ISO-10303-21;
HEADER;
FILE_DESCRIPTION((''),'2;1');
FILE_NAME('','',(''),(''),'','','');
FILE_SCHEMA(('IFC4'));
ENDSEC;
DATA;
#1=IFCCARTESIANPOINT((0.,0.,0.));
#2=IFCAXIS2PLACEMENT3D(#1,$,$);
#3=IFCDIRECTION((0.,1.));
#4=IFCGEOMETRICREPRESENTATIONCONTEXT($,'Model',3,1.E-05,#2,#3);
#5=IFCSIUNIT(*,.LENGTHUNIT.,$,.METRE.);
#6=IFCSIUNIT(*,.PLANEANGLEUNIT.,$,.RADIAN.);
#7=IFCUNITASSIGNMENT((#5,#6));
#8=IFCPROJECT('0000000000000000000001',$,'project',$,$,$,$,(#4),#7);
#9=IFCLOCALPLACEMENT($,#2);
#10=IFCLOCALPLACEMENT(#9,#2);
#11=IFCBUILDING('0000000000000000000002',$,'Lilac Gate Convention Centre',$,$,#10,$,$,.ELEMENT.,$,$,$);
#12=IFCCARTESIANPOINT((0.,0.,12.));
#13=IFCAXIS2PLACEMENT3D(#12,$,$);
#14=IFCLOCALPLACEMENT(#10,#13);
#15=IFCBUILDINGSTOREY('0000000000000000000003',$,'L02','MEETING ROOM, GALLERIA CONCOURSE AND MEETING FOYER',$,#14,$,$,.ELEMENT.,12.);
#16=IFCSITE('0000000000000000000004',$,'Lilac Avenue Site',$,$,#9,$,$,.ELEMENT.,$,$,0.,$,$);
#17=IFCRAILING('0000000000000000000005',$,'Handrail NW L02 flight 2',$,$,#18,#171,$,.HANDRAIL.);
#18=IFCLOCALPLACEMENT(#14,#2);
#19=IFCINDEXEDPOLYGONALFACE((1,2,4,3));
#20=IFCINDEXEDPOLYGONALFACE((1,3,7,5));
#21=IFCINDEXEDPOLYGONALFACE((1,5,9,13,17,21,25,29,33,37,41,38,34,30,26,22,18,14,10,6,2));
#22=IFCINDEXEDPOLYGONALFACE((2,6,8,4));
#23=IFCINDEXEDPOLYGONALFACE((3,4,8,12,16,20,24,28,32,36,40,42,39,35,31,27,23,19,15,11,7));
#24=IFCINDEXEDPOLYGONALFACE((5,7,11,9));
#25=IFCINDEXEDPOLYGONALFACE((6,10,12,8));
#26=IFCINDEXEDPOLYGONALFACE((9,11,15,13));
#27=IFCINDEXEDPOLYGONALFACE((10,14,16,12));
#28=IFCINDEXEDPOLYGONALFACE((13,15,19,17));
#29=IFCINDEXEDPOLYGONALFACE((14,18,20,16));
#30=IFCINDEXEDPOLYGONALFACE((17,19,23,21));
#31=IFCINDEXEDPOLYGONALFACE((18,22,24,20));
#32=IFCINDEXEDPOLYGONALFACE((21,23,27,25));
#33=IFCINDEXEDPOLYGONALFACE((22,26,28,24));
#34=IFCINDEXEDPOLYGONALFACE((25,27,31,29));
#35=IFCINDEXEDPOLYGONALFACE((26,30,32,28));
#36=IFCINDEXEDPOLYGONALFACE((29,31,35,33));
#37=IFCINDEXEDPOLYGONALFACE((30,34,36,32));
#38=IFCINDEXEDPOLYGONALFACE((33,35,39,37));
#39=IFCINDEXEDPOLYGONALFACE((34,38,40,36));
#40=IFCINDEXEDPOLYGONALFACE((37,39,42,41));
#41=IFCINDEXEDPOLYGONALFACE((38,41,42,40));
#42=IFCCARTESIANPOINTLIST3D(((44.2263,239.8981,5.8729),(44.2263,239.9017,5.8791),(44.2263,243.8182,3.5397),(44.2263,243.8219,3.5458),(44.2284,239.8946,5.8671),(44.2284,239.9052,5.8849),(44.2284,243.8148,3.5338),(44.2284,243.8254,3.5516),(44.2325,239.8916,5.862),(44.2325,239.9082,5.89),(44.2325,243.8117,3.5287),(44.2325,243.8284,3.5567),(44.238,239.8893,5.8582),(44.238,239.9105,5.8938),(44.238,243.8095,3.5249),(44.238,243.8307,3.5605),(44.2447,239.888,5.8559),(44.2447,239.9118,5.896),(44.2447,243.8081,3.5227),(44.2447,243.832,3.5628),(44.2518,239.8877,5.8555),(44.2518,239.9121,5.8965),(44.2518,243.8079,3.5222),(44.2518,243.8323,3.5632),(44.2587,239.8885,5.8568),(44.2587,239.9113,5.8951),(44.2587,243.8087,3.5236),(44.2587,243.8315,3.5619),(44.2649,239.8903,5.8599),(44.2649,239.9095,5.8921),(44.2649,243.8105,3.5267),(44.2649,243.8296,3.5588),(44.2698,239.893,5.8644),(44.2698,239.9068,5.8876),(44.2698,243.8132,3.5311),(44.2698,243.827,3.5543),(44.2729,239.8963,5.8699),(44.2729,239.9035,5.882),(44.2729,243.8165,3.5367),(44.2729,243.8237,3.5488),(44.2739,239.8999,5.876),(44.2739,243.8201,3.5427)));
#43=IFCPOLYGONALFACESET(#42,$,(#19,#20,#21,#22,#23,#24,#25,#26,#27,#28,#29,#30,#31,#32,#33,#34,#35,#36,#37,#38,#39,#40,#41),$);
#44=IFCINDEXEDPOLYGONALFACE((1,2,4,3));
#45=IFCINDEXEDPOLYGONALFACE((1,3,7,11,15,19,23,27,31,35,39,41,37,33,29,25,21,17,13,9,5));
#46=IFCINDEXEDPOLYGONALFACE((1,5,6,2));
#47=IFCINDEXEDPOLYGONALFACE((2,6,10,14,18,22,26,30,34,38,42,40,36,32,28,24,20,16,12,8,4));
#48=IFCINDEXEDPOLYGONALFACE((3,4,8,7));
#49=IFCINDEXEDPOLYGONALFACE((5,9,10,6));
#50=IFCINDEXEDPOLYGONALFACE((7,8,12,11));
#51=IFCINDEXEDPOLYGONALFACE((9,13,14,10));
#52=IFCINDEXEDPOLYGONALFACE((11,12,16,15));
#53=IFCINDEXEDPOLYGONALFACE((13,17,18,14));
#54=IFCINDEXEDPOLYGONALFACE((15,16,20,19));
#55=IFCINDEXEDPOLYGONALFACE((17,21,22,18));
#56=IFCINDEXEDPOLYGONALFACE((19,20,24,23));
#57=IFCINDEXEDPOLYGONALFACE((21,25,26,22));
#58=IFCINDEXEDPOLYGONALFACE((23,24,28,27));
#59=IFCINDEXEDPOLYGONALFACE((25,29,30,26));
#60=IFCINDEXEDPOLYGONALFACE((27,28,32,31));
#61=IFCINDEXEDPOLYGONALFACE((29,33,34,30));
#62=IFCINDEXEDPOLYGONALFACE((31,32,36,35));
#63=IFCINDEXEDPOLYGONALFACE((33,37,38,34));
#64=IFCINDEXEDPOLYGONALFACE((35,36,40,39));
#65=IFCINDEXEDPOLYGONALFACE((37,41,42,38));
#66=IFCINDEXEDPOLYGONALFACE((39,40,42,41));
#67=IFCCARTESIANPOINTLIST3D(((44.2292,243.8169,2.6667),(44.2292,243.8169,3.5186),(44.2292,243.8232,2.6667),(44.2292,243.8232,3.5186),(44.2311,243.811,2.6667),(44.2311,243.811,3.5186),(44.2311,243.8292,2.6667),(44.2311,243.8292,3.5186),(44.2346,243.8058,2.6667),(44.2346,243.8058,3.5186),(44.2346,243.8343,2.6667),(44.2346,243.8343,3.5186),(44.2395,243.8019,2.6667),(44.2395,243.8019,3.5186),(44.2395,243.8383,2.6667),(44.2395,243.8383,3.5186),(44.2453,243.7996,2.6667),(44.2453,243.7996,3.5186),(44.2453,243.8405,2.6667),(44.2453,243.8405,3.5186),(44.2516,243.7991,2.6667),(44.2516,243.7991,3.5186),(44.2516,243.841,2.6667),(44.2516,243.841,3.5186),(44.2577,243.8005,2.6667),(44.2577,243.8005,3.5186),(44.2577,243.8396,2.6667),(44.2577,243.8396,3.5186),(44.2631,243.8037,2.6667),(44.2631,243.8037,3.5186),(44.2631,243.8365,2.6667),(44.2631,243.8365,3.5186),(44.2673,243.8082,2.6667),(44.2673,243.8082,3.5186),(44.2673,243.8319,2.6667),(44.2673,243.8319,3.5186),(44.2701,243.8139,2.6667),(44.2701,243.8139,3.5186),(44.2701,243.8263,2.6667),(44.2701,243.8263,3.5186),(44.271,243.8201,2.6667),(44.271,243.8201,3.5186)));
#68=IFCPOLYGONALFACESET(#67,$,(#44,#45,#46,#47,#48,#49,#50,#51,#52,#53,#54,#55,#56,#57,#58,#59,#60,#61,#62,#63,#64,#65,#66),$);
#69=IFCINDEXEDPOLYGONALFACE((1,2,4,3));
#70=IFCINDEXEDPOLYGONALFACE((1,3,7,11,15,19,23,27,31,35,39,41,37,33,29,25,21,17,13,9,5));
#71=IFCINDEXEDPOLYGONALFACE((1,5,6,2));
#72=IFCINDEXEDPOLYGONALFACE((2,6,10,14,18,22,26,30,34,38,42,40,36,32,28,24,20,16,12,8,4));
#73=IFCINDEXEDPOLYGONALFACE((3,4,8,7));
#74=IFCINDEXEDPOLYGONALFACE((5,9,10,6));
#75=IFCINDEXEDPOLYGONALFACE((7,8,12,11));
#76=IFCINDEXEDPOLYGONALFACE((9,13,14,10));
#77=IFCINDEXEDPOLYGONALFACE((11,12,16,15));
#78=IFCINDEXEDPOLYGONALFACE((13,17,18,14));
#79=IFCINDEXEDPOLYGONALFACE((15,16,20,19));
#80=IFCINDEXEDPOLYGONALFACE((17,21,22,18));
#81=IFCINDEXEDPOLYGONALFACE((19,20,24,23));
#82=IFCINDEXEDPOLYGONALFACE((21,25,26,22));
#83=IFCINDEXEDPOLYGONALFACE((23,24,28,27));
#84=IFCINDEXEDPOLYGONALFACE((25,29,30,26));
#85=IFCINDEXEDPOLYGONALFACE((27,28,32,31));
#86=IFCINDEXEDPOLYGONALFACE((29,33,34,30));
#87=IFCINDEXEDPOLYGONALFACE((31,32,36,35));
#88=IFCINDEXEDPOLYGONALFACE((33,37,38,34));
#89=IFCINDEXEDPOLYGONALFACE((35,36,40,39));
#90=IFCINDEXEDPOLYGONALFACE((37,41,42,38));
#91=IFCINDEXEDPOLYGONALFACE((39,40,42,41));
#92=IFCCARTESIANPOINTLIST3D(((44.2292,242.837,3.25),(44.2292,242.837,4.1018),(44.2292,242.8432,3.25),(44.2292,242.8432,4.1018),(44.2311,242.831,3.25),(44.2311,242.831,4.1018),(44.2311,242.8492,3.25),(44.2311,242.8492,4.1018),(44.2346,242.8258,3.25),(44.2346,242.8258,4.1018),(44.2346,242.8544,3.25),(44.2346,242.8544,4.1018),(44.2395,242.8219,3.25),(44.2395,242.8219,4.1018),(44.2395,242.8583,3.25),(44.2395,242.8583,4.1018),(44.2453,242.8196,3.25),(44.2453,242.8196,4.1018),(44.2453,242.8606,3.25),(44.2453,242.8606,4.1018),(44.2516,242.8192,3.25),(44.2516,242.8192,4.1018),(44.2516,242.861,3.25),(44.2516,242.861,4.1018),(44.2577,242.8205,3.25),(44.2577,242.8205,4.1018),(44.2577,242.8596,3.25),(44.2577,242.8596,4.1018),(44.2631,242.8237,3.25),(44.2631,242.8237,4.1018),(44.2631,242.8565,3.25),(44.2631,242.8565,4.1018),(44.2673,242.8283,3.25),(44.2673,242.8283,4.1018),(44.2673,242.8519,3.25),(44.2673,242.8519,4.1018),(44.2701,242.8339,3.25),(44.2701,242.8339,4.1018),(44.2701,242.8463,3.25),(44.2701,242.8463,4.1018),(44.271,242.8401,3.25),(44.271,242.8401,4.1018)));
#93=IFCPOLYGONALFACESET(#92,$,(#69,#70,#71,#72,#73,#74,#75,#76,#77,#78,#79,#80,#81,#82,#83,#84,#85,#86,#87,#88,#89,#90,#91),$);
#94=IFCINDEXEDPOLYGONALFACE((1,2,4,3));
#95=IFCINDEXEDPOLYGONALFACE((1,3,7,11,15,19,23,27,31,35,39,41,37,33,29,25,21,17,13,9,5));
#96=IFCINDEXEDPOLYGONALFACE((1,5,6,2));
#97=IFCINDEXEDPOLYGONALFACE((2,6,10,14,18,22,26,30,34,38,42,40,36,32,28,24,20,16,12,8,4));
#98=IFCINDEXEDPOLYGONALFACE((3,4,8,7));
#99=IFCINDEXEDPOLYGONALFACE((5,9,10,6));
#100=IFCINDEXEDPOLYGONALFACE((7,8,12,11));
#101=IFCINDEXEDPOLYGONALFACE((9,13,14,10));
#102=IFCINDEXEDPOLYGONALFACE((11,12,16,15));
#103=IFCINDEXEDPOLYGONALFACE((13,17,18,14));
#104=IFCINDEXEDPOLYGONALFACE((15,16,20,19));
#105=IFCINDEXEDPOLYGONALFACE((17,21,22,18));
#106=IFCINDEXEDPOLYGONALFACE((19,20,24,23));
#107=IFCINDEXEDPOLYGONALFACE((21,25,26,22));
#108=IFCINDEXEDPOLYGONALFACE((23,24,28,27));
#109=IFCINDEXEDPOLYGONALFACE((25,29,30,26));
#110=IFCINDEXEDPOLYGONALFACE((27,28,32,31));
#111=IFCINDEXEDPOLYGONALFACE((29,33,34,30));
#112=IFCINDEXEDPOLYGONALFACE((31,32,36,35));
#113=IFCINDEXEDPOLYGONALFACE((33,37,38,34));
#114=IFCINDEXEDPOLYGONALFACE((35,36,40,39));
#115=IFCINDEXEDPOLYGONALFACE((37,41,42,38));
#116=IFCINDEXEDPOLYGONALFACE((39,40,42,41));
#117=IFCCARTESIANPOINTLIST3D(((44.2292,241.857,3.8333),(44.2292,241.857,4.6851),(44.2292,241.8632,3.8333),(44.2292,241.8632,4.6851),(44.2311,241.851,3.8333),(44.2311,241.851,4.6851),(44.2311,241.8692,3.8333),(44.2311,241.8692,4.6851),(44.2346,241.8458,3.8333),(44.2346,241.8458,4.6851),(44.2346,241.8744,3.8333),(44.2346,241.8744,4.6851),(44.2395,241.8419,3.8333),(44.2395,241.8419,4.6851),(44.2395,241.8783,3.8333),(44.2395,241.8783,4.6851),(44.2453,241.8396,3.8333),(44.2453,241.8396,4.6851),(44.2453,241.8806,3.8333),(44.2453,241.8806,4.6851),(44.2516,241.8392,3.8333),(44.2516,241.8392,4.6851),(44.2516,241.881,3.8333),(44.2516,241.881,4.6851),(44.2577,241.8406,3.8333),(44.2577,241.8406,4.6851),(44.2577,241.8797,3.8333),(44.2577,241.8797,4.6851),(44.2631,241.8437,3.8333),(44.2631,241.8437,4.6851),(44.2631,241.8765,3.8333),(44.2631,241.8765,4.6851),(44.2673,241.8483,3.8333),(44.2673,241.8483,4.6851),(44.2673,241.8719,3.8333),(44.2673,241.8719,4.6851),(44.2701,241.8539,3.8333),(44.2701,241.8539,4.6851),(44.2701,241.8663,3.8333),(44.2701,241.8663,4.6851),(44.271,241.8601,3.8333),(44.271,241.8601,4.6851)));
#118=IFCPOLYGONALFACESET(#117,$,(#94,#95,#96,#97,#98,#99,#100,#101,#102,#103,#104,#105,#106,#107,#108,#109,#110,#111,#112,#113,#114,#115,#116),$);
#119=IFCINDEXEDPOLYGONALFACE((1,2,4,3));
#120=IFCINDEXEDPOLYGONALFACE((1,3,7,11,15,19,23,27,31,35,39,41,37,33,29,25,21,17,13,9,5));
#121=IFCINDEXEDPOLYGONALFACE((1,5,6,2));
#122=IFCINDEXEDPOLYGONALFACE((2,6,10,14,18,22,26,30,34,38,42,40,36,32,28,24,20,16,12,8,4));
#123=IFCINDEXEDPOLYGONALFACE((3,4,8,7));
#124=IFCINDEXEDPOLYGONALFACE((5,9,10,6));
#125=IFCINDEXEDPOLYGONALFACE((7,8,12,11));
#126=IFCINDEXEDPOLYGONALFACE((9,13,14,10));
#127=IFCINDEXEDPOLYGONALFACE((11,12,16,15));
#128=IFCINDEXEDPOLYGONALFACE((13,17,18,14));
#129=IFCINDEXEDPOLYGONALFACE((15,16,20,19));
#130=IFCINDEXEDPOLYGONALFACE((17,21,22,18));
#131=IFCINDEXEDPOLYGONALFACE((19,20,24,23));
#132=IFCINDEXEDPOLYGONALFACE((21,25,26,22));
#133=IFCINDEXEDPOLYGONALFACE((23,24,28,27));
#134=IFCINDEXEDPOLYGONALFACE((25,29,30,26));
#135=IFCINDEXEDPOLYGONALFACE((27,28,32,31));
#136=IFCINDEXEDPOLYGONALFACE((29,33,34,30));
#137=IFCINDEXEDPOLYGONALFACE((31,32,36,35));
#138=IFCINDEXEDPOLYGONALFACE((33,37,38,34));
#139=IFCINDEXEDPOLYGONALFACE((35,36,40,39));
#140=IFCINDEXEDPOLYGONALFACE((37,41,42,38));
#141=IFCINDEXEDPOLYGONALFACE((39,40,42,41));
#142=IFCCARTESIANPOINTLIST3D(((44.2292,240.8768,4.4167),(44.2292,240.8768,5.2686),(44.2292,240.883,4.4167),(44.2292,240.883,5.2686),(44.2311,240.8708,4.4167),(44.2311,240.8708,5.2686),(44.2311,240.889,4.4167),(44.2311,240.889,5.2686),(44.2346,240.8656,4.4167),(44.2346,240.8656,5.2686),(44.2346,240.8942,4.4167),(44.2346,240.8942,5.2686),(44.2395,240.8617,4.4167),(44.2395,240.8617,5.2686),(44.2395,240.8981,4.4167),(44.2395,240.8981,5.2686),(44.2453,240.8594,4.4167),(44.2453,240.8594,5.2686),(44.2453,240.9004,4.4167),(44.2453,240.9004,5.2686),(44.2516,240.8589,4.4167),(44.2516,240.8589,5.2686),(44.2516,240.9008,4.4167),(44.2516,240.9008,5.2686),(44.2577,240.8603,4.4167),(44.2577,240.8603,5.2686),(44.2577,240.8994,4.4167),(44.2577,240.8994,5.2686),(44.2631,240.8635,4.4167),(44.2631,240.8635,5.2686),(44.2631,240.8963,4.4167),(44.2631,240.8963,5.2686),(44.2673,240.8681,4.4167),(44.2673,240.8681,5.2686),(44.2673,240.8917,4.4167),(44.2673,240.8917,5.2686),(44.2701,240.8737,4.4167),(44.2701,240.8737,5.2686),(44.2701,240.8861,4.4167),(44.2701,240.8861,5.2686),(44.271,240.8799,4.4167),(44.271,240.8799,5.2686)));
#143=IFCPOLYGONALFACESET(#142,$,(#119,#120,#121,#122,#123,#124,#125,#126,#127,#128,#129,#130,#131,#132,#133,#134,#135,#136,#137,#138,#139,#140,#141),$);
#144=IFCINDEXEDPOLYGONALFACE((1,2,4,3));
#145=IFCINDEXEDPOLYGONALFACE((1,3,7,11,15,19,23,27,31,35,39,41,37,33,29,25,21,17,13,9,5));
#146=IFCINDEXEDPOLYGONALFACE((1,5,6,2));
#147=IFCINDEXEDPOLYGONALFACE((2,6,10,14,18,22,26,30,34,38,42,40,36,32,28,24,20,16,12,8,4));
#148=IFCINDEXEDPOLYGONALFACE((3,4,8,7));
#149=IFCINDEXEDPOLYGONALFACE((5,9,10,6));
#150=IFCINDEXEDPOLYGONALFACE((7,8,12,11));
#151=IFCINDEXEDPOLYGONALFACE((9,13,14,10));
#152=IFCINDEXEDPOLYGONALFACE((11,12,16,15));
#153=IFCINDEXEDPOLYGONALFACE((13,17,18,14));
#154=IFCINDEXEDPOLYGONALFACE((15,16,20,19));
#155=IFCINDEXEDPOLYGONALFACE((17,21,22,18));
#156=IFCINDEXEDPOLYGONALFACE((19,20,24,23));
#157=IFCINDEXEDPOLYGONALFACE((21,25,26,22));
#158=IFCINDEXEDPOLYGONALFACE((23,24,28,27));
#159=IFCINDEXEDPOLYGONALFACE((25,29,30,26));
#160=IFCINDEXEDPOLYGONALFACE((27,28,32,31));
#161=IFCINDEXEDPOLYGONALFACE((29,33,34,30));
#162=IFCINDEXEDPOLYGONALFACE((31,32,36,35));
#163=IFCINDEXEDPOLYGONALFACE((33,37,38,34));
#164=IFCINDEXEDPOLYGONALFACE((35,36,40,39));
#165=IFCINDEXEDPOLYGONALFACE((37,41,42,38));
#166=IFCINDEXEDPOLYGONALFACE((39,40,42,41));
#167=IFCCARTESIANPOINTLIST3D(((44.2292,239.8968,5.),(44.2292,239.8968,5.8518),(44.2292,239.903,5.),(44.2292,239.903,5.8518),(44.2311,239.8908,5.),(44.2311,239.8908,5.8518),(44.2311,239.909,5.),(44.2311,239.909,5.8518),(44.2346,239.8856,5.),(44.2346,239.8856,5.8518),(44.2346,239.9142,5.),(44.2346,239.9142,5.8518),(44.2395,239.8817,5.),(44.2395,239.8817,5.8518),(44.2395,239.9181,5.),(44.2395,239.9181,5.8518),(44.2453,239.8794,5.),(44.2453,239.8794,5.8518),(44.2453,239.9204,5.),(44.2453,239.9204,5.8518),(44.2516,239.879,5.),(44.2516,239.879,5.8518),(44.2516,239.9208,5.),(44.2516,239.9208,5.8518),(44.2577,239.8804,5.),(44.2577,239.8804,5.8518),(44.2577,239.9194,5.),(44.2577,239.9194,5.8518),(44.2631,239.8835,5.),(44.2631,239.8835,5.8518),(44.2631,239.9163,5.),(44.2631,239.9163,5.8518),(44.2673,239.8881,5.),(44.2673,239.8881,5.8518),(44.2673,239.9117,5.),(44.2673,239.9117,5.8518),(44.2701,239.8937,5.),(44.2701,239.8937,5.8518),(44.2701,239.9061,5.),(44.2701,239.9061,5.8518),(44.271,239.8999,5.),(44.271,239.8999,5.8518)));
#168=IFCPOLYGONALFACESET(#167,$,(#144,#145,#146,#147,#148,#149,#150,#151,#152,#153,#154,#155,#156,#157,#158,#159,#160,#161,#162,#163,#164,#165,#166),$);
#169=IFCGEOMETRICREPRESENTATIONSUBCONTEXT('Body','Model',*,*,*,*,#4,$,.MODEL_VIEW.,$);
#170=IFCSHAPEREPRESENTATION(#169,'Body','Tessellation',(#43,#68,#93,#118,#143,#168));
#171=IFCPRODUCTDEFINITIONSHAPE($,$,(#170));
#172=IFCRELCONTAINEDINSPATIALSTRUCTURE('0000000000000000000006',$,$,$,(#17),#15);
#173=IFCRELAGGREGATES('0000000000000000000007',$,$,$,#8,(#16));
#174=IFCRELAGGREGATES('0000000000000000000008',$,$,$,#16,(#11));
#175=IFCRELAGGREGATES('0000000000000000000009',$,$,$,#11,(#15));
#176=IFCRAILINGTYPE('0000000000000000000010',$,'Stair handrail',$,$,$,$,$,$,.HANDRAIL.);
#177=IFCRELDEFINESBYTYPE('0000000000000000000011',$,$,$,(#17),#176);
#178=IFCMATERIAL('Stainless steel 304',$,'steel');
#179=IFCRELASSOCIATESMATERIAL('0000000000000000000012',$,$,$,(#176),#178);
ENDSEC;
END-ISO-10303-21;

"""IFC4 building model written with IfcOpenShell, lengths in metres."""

from ifc_helpers import new_model, si_unit, direction, frame, origin, origin_2d, place, context, subcontext, project, spatial, circle, extrude, material, type_object, element, save


model = new_model("IFC4")

# Units and contexts
model_context = context("Model", 3, precision=1e-05, world=origin(), true_north=direction((0.0, 1.0)))
body_context = subcontext(model_context, "Body", "Model", "MODEL_VIEW")
ifc_project = project(units=[si_unit("LENGTHUNIT", "METRE"), si_unit("PLANEANGLEUNIT", "RADIAN")], contexts=[model_context])

# Site, building, storey
site_placement = place(None, origin())
site = spatial("IfcSite", under=ifc_project, at=site_placement, Name="Lilac Avenue Site", CompositionType="ELEMENT", RefElevation=0.0)
building_placement = place(site_placement, origin())
building = spatial("IfcBuilding", under=site, at=building_placement, Name="Lilac Gate Convention Centre", CompositionType="ELEMENT")
storey_placement = place(building_placement, frame((0.0, 0.0, 12.0)))
storey = spatial("IfcBuildingStorey", under=building, at=storey_placement, Name="L02", Description="MEETING ROOM, GALLERIA CONCOURSE AND MEETING FOYER", CompositionType="ELEMENT", Elevation=12.0)

# Railing
ifc_material_1 = material(Name="Stainless steel 304", Category="steel")
railing_type = type_object("IfcRailingType", Name="Stair handrail", PredefinedType="HANDRAIL", material=ifc_material_1)
for number, where, name in (
    (1, (44.25, 243.8201, 2.6667), "Handrail NW L02 flight 2"),
):
    element("IfcRailing", number, at=place(storey_placement, frame(where)), inside=storey, type_object=railing_type, Name=name, PredefinedType="HANDRAIL", context=body_context, shape_type="SweptSolid", body=[
        extrude(circle(Radius=0.0239, at=origin_2d()), frame((0.0, 0.0, 0.876), z_axis=(0.0, -0.85931, 0.511455), x_axis=(1.0, 0.0, 0.0)), (0.0, 0.0, 1.0), 4.562),
        extrude(circle(Radius=0.021, at=origin_2d()), origin(), (0.0, 0.0, 1.0), 0.8518),
        extrude(circle(Radius=0.021, at=origin_2d()), frame((0.0, -0.98, 0.5833)), (0.0, 0.0, 1.0), 0.8518),
        extrude(circle(Radius=0.021, at=origin_2d()), frame((0.0, -1.96, 1.1665)), (0.0, 0.0, 1.0), 0.8518),
        extrude(circle(Radius=0.021, at=origin_2d()), frame((0.0, -2.9402, 1.75)), (0.0, 0.0, 1.0), 0.8518),
        extrude(circle(Radius=0.021, at=origin_2d()), frame((0.0, -3.9202, 2.3333)), (0.0, 0.0, 1.0), 0.8518),
    ])

save(model, "model.ifc")
